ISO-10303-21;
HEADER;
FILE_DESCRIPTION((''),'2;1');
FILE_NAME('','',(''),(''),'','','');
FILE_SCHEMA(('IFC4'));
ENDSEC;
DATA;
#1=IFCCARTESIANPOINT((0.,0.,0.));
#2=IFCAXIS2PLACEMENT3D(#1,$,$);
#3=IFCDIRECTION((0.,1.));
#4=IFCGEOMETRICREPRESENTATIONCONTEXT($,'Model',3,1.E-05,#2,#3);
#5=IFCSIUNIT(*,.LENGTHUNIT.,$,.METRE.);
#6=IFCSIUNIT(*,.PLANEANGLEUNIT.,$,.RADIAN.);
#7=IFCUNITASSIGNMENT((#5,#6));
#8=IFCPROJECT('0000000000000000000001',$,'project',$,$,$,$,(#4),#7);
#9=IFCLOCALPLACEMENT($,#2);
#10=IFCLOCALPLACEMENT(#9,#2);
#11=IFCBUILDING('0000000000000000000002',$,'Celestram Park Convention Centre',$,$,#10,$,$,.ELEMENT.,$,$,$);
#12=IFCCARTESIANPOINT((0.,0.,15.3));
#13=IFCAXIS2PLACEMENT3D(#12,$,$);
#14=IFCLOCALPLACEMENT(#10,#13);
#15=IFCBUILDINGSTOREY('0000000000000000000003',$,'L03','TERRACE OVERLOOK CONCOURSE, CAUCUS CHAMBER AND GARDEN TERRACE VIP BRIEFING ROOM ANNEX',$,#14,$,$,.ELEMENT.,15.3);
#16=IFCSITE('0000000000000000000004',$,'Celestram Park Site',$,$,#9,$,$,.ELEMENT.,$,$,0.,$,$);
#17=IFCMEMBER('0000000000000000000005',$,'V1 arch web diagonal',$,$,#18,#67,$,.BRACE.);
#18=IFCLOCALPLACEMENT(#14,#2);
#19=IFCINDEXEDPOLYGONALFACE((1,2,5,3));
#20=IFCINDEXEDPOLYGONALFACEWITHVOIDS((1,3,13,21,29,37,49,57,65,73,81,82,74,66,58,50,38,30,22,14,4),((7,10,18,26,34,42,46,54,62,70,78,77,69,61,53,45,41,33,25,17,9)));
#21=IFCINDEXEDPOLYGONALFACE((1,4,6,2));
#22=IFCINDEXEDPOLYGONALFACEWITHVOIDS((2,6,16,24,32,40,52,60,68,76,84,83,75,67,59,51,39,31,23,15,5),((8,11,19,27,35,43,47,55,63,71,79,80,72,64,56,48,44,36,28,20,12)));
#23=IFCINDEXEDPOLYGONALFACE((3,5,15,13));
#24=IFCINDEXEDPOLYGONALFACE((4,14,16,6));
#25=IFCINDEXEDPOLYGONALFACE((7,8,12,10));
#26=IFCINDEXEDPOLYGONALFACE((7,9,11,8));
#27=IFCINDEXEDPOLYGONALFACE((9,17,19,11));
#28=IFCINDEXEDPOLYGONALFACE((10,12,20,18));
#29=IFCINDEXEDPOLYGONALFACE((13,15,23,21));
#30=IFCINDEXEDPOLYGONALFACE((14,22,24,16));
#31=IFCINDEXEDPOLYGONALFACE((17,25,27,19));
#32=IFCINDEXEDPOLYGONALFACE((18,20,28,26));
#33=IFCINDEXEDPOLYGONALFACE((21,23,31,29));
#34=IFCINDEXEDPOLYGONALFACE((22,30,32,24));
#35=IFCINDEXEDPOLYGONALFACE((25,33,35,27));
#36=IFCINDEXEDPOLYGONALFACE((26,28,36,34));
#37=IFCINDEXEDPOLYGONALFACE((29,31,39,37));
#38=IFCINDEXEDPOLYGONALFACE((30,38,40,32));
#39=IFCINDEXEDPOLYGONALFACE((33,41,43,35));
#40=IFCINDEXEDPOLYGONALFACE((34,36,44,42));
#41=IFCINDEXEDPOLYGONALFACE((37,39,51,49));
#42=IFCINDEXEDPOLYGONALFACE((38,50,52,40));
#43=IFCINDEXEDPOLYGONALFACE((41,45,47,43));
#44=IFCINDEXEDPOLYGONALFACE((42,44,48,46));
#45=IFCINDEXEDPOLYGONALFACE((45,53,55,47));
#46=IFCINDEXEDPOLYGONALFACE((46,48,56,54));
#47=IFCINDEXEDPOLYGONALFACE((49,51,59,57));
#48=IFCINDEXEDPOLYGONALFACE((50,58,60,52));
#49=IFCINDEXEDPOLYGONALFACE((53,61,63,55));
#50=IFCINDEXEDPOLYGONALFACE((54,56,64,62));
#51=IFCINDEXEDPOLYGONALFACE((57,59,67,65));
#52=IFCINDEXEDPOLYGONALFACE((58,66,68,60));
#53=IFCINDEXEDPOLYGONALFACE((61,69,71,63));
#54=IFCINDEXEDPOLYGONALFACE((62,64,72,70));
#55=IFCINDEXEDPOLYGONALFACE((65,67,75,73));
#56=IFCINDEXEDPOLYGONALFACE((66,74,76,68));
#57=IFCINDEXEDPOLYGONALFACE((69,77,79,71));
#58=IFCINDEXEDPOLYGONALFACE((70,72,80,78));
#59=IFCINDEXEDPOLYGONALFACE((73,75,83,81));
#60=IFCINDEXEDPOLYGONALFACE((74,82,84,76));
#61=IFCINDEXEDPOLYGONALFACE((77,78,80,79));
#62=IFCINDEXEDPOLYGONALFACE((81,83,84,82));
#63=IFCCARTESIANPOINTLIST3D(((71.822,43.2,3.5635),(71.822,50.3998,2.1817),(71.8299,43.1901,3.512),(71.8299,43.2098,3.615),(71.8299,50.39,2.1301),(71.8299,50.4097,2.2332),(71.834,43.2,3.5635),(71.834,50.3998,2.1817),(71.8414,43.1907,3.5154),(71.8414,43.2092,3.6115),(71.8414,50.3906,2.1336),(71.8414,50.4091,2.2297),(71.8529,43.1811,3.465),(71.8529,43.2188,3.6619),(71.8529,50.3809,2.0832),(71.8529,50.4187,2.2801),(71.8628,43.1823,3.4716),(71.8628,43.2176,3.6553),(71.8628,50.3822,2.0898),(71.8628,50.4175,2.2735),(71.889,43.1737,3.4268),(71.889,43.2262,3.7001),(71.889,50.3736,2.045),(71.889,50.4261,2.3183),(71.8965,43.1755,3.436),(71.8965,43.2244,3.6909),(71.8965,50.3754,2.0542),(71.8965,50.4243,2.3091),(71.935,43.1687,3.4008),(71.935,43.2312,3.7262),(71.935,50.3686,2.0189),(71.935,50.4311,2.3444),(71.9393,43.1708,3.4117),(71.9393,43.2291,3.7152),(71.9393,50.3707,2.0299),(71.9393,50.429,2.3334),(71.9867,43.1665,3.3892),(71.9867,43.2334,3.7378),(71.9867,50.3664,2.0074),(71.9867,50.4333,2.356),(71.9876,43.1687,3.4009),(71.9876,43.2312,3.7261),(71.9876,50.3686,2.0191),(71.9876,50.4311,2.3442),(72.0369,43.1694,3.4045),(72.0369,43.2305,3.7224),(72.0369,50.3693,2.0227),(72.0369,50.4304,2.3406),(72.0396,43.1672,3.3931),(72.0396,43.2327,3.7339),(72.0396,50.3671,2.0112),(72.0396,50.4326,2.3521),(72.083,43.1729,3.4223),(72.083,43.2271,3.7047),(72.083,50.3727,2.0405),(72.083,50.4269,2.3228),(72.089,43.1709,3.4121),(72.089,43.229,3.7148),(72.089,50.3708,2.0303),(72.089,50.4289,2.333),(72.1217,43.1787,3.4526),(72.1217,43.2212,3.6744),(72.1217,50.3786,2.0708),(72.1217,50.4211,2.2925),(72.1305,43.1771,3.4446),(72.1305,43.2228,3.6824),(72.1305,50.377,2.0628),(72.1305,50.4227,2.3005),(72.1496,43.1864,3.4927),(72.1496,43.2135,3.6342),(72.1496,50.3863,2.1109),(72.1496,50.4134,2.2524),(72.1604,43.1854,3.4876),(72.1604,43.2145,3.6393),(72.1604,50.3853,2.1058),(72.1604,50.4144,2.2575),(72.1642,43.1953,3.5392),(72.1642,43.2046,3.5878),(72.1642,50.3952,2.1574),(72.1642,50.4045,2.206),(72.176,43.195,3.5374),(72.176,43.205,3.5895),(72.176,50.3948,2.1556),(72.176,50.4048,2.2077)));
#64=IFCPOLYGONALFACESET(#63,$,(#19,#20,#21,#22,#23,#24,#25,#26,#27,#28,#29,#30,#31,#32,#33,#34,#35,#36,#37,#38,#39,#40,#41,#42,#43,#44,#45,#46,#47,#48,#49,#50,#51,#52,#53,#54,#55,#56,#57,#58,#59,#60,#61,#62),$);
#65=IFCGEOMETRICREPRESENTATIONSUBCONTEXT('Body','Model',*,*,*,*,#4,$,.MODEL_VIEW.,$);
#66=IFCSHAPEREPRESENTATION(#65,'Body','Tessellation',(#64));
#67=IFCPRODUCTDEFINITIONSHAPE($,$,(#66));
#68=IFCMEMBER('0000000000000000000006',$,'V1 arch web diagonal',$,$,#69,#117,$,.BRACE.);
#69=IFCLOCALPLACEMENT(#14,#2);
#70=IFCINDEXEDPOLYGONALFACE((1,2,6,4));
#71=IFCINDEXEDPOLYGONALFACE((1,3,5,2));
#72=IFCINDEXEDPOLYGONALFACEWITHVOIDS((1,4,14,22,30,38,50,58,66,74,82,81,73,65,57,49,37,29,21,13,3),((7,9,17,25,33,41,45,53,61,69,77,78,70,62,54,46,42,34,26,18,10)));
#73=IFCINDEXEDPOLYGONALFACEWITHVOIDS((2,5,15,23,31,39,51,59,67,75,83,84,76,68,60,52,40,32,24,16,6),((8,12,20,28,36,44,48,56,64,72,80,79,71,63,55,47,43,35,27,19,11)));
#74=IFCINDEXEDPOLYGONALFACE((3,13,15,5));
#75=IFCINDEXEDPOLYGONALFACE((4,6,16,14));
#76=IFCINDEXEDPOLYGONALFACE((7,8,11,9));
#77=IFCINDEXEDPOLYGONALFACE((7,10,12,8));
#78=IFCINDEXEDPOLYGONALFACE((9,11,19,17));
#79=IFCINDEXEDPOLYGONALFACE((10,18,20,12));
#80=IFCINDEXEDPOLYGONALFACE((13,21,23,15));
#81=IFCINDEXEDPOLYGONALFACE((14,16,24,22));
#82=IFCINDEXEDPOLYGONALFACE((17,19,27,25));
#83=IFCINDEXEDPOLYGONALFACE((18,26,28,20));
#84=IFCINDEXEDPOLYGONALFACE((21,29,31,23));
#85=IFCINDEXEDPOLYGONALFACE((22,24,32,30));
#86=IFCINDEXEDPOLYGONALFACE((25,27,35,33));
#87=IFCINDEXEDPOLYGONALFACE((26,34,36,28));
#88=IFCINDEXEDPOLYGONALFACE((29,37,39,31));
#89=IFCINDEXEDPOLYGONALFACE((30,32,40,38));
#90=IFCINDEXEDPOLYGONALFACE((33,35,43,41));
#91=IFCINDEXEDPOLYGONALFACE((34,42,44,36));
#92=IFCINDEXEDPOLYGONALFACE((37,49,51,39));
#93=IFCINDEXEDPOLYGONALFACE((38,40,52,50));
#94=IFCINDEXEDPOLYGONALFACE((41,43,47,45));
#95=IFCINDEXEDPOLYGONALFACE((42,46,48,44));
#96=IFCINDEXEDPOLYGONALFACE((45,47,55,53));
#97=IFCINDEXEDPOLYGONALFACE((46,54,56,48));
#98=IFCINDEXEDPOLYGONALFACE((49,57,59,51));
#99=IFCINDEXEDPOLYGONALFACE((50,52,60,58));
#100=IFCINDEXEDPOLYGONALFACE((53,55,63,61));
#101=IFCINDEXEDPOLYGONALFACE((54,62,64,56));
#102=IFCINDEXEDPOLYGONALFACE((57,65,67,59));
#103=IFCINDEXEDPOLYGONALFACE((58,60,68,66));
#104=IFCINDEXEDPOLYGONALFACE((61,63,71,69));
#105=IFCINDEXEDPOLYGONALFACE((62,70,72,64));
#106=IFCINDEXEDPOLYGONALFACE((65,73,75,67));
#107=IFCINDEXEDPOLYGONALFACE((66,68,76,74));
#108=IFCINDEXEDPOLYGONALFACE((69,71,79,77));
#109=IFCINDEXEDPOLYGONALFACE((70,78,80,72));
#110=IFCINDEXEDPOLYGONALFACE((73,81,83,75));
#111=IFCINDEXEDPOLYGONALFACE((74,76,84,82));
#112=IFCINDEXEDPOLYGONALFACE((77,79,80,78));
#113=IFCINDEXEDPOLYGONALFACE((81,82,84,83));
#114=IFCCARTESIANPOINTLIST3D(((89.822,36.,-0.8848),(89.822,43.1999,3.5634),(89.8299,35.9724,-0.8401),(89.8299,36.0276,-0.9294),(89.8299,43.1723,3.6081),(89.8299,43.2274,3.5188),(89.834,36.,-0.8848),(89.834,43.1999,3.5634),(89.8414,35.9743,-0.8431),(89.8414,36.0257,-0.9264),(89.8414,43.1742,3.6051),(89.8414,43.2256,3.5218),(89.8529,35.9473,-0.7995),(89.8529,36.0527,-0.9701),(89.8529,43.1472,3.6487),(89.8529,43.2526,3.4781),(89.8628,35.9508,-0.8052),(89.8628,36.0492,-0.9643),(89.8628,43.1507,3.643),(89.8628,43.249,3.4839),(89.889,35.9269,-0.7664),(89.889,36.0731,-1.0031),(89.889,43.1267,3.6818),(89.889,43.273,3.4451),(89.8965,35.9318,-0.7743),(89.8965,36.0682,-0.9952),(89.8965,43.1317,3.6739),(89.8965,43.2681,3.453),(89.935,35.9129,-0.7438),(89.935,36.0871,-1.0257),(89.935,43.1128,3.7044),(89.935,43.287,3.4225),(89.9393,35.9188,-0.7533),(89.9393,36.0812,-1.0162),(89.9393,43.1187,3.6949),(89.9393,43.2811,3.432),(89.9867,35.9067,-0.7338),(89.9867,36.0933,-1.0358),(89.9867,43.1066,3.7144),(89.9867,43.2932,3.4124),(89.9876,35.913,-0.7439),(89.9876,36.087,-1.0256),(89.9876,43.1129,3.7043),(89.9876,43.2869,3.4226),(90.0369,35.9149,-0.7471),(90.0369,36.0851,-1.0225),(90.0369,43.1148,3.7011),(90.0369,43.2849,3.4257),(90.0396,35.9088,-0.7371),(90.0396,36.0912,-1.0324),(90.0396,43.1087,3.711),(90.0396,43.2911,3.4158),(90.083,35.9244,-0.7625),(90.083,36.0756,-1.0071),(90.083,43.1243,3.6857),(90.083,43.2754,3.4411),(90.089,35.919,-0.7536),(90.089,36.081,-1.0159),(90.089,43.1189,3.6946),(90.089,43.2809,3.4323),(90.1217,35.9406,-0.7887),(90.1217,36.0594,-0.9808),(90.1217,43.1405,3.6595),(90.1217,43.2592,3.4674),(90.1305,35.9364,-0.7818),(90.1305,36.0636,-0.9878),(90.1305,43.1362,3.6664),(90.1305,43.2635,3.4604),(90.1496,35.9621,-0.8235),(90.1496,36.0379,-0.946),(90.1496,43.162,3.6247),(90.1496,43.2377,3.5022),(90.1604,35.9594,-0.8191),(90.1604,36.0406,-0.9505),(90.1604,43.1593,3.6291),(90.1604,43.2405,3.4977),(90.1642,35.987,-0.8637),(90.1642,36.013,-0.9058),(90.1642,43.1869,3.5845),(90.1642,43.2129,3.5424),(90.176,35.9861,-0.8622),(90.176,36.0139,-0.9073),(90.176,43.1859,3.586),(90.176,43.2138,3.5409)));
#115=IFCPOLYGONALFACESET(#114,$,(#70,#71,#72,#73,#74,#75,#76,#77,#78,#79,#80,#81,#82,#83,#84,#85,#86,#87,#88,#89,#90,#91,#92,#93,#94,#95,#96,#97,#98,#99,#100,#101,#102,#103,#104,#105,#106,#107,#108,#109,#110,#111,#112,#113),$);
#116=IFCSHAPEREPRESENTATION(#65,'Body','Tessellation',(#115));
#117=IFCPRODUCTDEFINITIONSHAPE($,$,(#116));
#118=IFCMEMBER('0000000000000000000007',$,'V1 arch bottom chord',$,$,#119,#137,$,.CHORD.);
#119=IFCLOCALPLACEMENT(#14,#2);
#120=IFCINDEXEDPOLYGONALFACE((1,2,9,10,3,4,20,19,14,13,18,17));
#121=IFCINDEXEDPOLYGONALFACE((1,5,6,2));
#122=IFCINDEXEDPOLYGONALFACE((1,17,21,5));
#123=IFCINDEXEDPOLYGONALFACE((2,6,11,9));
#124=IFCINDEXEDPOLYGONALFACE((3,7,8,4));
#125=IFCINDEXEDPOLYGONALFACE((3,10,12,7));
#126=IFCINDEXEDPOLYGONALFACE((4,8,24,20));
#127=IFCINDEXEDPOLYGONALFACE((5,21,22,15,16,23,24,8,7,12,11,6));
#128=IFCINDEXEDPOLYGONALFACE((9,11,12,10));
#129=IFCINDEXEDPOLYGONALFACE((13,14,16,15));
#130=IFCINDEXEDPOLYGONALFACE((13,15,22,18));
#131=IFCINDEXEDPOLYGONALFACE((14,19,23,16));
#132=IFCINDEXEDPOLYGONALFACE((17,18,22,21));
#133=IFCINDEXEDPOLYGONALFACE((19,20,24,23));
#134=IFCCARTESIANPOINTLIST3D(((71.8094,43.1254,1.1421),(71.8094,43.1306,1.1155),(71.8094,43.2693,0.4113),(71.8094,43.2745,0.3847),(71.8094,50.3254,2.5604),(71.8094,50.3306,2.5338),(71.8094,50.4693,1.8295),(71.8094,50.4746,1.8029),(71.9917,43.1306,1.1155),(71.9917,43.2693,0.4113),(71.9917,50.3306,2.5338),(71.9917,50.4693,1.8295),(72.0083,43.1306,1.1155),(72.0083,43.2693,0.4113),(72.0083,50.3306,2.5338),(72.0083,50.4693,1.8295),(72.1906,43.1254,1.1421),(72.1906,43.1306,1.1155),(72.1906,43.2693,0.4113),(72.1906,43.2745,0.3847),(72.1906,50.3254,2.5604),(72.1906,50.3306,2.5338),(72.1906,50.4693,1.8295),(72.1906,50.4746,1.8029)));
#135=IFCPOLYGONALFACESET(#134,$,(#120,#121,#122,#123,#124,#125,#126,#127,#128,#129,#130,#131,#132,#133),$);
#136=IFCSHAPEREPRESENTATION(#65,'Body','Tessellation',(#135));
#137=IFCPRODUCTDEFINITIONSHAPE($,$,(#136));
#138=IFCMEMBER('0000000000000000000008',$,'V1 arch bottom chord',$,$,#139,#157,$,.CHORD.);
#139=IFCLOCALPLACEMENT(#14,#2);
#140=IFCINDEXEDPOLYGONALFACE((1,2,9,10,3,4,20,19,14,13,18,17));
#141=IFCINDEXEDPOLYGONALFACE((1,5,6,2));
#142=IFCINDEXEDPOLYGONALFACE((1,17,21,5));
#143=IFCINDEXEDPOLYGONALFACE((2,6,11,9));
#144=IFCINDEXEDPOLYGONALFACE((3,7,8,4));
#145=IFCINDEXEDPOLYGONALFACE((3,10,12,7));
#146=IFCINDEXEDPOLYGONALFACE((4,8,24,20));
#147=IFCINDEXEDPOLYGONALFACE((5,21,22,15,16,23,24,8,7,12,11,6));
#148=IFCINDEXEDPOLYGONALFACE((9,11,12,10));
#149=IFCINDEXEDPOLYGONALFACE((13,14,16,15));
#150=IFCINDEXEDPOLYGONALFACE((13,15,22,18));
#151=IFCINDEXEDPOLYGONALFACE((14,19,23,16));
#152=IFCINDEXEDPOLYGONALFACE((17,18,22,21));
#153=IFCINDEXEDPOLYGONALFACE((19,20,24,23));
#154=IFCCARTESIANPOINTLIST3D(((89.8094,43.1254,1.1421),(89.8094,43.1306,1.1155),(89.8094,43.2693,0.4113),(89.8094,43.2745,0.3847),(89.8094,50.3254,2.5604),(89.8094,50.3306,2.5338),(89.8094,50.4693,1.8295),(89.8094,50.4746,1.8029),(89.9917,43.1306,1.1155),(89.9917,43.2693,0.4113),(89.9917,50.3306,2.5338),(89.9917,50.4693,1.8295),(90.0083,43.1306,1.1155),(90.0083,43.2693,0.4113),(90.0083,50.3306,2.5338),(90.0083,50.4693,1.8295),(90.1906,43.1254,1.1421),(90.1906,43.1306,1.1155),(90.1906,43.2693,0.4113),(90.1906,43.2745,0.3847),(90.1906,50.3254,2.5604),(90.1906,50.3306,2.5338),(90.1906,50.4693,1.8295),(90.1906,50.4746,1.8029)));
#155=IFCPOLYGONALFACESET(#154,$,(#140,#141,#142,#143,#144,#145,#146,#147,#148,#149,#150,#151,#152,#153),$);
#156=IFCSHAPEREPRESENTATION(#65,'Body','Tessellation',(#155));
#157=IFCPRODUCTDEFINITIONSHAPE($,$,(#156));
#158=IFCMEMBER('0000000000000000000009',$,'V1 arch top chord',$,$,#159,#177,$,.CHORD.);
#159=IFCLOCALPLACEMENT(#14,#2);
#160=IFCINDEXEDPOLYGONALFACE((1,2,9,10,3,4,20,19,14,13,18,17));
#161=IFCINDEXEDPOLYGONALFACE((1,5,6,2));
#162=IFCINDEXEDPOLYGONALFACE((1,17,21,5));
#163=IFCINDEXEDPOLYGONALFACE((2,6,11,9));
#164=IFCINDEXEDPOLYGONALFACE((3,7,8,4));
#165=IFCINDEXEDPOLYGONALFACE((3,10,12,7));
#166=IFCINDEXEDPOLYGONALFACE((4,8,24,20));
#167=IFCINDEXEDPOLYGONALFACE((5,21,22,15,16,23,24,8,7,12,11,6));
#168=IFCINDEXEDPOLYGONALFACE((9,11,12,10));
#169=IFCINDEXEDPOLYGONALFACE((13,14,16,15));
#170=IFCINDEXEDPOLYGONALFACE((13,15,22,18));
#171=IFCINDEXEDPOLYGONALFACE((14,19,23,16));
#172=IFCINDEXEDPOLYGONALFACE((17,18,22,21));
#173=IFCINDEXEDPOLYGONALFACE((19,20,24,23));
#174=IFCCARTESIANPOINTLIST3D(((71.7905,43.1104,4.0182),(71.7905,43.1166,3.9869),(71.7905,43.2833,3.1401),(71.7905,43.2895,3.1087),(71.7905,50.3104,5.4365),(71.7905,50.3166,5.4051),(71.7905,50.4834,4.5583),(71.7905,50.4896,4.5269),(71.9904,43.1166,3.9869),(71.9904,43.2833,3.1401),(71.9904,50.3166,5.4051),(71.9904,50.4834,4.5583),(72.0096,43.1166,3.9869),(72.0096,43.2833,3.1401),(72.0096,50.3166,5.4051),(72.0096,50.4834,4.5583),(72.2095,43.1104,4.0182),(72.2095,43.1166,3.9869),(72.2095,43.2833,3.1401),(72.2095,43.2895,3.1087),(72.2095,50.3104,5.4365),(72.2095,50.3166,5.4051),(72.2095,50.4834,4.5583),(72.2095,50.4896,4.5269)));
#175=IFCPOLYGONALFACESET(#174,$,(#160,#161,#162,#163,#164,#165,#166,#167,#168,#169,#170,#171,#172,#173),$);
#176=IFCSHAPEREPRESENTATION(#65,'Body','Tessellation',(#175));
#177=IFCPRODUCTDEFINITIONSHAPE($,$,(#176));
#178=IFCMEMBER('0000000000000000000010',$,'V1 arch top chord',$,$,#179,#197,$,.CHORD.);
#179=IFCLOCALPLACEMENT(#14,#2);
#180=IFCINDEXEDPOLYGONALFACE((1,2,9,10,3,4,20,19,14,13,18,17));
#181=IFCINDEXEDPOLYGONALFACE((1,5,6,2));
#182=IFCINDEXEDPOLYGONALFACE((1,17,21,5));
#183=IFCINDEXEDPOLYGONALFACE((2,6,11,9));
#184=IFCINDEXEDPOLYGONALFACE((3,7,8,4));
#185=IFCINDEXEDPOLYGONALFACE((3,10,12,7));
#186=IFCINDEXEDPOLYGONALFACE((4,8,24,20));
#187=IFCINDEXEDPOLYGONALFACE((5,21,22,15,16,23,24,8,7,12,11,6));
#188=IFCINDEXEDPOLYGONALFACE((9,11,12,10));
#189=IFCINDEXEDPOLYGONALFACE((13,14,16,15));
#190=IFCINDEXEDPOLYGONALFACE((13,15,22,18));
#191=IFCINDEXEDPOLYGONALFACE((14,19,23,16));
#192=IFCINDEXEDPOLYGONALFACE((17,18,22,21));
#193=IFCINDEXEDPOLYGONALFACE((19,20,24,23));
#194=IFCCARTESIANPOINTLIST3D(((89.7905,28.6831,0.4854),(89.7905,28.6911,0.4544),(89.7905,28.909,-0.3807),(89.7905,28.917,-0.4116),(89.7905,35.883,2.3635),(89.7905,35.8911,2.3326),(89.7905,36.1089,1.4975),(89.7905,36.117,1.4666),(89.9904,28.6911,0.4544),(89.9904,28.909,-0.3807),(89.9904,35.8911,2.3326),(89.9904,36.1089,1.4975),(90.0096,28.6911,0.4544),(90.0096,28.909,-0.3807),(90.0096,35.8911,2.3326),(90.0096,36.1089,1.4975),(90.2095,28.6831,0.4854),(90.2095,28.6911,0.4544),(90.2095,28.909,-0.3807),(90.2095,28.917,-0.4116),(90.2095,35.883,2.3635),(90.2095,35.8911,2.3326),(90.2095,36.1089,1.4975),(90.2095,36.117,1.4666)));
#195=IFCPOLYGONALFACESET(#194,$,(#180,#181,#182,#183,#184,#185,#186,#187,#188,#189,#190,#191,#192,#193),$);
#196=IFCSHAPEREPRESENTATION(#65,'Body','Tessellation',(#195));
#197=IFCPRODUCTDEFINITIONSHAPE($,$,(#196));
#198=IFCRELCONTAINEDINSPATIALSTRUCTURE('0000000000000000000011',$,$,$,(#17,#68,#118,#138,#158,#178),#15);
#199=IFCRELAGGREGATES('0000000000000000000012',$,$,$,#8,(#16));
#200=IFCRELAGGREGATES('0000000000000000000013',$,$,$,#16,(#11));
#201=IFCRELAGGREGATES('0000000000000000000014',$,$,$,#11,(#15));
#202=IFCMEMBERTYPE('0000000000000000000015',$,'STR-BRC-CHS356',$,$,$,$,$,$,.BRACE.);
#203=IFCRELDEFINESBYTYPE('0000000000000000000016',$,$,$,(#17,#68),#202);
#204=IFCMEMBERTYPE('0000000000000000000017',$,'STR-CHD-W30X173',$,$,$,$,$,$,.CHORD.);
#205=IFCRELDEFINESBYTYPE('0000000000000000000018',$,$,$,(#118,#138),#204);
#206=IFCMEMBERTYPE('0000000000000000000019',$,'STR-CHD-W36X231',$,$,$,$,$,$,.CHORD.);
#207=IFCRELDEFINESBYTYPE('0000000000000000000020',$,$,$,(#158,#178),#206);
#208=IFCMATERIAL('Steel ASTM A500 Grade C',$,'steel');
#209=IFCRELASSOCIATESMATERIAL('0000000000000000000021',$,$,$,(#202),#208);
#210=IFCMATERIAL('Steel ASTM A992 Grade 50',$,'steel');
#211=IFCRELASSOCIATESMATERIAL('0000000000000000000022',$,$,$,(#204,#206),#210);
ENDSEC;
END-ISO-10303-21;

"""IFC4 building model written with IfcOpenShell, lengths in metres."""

from ifc_helpers import new_model, si_unit, direction, frame, origin, origin_2d, place, context, subcontext, project, spatial, hollow_circle, i_section, extrude, material, material_profile, profile_set, type_object, element, save


model = new_model("IFC4")

# Units and contexts
model_context = context("Model", 3, precision=1e-05, world=origin(), true_north=direction((0.0, 1.0)))
body_context = subcontext(model_context, "Body", "Model", "MODEL_VIEW")
ifc_project = project(units=[si_unit("LENGTHUNIT", "METRE"), si_unit("PLANEANGLEUNIT", "RADIAN")], contexts=[model_context])

# Site, building, storey
site_placement = place(None, origin())
site = spatial("IfcSite", under=ifc_project, at=site_placement, Name="Celestram Park Site", CompositionType="ELEMENT", RefElevation=0.0)
building_placement = place(site_placement, origin())
building = spatial("IfcBuilding", under=site, at=building_placement, Name="Celestram Park Convention Centre", CompositionType="ELEMENT")
storey_placement = place(building_placement, frame((0.0, 0.0, 15.3)))
storey = spatial("IfcBuildingStorey", under=building, at=storey_placement, Name="L03", Description="TERRACE OVERLOOK CONCOURSE, CAUCUS CHAMBER AND GARDEN TERRACE VIP BRIEFING ROOM ANNEX", CompositionType="ELEMENT", Elevation=15.3)

# Members
ifc_material_1 = material(Name="Steel ASTM A500 Grade C", Category="steel")
ifc_material_profile_1 = material_profile(ifc_material_1, hollow_circle(Radius=0.178, WallThickness=0.012, at=origin_2d()), Name="CHS356X12")
ifc_profile_set_1 = profile_set([ifc_material_profile_1], Name="Steel ASTM A500 Grade C")
member_type_1 = type_object("IfcMemberType", Name="STR-BRC-CHS356", PredefinedType="BRACE", material=ifc_profile_set_1)
member_1_placement = place(storey_placement, frame((72.0, 43.2, 3.5635), z_axis=(0.0, 0.982076, -0.188483), x_axis=(-1.0, 0.0, 0.0)))
element("IfcMember", 1, at=member_1_placement, inside=storey, type_object=member_type_1, Name="V1 arch web diagonal", PredefinedType="BRACE", context=body_context, shape_type="SweptSolid", body=[
    extrude(hollow_circle(Radius=0.178, WallThickness=0.012, at=origin_2d()), origin(), (0.0, 0.0, 1.0), 7.3313),
])
member_2_placement = place(storey_placement, frame((90.0, 36.0, -0.8848), z_axis=(0.0, 0.850734, 0.525597), x_axis=(-1.0, 0.0, 0.0)))
element("IfcMember", 2, at=member_2_placement, inside=storey, type_object=member_type_1, Name="V1 arch web diagonal", PredefinedType="BRACE", context=body_context, shape_type="SweptSolid", body=[
    extrude(hollow_circle(Radius=0.178, WallThickness=0.012, at=origin_2d()), origin(), (0.0, 0.0, 1.0), 8.4631),
])
ifc_material_2 = material(Name="Steel ASTM A992 Grade 50", Category="steel")
ifc_material_profile_2 = material_profile(ifc_material_2, i_section(OverallWidth=0.3811, OverallDepth=0.772, WebThickness=0.0166, FlangeThickness=0.0271, at=origin_2d()), Name="W30X173")
ifc_profile_set_2 = profile_set([ifc_material_profile_2], Name="Steel ASTM A992 Grade 50")
member_type_2 = type_object("IfcMemberType", Name="STR-CHD-W30X173", PredefinedType="CHORD", material=ifc_profile_set_2)
for number, where, z_axis, x_axis, name in (
    (3, (72.0, 43.2, 0.7634), (0.0, 0.981147, 0.193262), (-1.0, 0.0, 0.0), "V1 arch bottom chord"),
    (4, (90.0, 43.2, 0.7634), (0.0, 0.981147, 0.193262), (-1.0, 0.0, 0.0), "V1 arch bottom chord"),
):
    element("IfcMember", number, at=place(storey_placement, frame(where, z_axis=z_axis, x_axis=x_axis)), inside=storey, type_object=member_type_2, Name=name, PredefinedType="CHORD", context=body_context, shape_type="SweptSolid", body=[
        extrude(i_section(OverallWidth=0.3811, OverallDepth=0.772, WebThickness=0.0166, FlangeThickness=0.0271, at=origin_2d()), origin(), (0.0, 0.0, 1.0), 7.3384),
    ])
ifc_material_profile_3 = material_profile(ifc_material_2, i_section(OverallWidth=0.4189, OverallDepth=0.927, WebThickness=0.0193, FlangeThickness=0.032, at=origin_2d()), Name="W36X231")
ifc_profile_set_3 = profile_set([ifc_material_profile_3], Name="Steel ASTM A992 Grade 50")
member_type_3 = type_object("IfcMemberType", Name="STR-CHD-W36X231", PredefinedType="CHORD", material=ifc_profile_set_3)
member_3_placement = place(storey_placement, frame((72.0, 43.2, 3.5635), z_axis=(0.0, 0.981147, 0.193262), x_axis=(-1.0, 0.0, 0.0)))
element("IfcMember", 5, at=member_3_placement, inside=storey, type_object=member_type_3, Name="V1 arch top chord", PredefinedType="CHORD", context=body_context, shape_type="SweptSolid", body=[
    extrude(i_section(OverallWidth=0.4189, OverallDepth=0.927, WebThickness=0.0193, FlangeThickness=0.032, at=origin_2d()), origin(), (0.0, 0.0, 1.0), 7.3384),
])
member_4_placement = place(storey_placement, frame((90.0, 28.8, 0.0369), z_axis=(0.0, 0.96762, 0.252413), x_axis=(-1.0, 0.0, 0.0)))
element("IfcMember", 6, at=member_4_placement, inside=storey, type_object=member_type_3, Name="V1 arch top chord", PredefinedType="CHORD", context=body_context, shape_type="SweptSolid", body=[
    extrude(i_section(OverallWidth=0.4189, OverallDepth=0.927, WebThickness=0.0193, FlangeThickness=0.032, at=origin_2d()), origin(), (0.0, 0.0, 1.0), 7.4409),
])

save(model, "model.ifc")
